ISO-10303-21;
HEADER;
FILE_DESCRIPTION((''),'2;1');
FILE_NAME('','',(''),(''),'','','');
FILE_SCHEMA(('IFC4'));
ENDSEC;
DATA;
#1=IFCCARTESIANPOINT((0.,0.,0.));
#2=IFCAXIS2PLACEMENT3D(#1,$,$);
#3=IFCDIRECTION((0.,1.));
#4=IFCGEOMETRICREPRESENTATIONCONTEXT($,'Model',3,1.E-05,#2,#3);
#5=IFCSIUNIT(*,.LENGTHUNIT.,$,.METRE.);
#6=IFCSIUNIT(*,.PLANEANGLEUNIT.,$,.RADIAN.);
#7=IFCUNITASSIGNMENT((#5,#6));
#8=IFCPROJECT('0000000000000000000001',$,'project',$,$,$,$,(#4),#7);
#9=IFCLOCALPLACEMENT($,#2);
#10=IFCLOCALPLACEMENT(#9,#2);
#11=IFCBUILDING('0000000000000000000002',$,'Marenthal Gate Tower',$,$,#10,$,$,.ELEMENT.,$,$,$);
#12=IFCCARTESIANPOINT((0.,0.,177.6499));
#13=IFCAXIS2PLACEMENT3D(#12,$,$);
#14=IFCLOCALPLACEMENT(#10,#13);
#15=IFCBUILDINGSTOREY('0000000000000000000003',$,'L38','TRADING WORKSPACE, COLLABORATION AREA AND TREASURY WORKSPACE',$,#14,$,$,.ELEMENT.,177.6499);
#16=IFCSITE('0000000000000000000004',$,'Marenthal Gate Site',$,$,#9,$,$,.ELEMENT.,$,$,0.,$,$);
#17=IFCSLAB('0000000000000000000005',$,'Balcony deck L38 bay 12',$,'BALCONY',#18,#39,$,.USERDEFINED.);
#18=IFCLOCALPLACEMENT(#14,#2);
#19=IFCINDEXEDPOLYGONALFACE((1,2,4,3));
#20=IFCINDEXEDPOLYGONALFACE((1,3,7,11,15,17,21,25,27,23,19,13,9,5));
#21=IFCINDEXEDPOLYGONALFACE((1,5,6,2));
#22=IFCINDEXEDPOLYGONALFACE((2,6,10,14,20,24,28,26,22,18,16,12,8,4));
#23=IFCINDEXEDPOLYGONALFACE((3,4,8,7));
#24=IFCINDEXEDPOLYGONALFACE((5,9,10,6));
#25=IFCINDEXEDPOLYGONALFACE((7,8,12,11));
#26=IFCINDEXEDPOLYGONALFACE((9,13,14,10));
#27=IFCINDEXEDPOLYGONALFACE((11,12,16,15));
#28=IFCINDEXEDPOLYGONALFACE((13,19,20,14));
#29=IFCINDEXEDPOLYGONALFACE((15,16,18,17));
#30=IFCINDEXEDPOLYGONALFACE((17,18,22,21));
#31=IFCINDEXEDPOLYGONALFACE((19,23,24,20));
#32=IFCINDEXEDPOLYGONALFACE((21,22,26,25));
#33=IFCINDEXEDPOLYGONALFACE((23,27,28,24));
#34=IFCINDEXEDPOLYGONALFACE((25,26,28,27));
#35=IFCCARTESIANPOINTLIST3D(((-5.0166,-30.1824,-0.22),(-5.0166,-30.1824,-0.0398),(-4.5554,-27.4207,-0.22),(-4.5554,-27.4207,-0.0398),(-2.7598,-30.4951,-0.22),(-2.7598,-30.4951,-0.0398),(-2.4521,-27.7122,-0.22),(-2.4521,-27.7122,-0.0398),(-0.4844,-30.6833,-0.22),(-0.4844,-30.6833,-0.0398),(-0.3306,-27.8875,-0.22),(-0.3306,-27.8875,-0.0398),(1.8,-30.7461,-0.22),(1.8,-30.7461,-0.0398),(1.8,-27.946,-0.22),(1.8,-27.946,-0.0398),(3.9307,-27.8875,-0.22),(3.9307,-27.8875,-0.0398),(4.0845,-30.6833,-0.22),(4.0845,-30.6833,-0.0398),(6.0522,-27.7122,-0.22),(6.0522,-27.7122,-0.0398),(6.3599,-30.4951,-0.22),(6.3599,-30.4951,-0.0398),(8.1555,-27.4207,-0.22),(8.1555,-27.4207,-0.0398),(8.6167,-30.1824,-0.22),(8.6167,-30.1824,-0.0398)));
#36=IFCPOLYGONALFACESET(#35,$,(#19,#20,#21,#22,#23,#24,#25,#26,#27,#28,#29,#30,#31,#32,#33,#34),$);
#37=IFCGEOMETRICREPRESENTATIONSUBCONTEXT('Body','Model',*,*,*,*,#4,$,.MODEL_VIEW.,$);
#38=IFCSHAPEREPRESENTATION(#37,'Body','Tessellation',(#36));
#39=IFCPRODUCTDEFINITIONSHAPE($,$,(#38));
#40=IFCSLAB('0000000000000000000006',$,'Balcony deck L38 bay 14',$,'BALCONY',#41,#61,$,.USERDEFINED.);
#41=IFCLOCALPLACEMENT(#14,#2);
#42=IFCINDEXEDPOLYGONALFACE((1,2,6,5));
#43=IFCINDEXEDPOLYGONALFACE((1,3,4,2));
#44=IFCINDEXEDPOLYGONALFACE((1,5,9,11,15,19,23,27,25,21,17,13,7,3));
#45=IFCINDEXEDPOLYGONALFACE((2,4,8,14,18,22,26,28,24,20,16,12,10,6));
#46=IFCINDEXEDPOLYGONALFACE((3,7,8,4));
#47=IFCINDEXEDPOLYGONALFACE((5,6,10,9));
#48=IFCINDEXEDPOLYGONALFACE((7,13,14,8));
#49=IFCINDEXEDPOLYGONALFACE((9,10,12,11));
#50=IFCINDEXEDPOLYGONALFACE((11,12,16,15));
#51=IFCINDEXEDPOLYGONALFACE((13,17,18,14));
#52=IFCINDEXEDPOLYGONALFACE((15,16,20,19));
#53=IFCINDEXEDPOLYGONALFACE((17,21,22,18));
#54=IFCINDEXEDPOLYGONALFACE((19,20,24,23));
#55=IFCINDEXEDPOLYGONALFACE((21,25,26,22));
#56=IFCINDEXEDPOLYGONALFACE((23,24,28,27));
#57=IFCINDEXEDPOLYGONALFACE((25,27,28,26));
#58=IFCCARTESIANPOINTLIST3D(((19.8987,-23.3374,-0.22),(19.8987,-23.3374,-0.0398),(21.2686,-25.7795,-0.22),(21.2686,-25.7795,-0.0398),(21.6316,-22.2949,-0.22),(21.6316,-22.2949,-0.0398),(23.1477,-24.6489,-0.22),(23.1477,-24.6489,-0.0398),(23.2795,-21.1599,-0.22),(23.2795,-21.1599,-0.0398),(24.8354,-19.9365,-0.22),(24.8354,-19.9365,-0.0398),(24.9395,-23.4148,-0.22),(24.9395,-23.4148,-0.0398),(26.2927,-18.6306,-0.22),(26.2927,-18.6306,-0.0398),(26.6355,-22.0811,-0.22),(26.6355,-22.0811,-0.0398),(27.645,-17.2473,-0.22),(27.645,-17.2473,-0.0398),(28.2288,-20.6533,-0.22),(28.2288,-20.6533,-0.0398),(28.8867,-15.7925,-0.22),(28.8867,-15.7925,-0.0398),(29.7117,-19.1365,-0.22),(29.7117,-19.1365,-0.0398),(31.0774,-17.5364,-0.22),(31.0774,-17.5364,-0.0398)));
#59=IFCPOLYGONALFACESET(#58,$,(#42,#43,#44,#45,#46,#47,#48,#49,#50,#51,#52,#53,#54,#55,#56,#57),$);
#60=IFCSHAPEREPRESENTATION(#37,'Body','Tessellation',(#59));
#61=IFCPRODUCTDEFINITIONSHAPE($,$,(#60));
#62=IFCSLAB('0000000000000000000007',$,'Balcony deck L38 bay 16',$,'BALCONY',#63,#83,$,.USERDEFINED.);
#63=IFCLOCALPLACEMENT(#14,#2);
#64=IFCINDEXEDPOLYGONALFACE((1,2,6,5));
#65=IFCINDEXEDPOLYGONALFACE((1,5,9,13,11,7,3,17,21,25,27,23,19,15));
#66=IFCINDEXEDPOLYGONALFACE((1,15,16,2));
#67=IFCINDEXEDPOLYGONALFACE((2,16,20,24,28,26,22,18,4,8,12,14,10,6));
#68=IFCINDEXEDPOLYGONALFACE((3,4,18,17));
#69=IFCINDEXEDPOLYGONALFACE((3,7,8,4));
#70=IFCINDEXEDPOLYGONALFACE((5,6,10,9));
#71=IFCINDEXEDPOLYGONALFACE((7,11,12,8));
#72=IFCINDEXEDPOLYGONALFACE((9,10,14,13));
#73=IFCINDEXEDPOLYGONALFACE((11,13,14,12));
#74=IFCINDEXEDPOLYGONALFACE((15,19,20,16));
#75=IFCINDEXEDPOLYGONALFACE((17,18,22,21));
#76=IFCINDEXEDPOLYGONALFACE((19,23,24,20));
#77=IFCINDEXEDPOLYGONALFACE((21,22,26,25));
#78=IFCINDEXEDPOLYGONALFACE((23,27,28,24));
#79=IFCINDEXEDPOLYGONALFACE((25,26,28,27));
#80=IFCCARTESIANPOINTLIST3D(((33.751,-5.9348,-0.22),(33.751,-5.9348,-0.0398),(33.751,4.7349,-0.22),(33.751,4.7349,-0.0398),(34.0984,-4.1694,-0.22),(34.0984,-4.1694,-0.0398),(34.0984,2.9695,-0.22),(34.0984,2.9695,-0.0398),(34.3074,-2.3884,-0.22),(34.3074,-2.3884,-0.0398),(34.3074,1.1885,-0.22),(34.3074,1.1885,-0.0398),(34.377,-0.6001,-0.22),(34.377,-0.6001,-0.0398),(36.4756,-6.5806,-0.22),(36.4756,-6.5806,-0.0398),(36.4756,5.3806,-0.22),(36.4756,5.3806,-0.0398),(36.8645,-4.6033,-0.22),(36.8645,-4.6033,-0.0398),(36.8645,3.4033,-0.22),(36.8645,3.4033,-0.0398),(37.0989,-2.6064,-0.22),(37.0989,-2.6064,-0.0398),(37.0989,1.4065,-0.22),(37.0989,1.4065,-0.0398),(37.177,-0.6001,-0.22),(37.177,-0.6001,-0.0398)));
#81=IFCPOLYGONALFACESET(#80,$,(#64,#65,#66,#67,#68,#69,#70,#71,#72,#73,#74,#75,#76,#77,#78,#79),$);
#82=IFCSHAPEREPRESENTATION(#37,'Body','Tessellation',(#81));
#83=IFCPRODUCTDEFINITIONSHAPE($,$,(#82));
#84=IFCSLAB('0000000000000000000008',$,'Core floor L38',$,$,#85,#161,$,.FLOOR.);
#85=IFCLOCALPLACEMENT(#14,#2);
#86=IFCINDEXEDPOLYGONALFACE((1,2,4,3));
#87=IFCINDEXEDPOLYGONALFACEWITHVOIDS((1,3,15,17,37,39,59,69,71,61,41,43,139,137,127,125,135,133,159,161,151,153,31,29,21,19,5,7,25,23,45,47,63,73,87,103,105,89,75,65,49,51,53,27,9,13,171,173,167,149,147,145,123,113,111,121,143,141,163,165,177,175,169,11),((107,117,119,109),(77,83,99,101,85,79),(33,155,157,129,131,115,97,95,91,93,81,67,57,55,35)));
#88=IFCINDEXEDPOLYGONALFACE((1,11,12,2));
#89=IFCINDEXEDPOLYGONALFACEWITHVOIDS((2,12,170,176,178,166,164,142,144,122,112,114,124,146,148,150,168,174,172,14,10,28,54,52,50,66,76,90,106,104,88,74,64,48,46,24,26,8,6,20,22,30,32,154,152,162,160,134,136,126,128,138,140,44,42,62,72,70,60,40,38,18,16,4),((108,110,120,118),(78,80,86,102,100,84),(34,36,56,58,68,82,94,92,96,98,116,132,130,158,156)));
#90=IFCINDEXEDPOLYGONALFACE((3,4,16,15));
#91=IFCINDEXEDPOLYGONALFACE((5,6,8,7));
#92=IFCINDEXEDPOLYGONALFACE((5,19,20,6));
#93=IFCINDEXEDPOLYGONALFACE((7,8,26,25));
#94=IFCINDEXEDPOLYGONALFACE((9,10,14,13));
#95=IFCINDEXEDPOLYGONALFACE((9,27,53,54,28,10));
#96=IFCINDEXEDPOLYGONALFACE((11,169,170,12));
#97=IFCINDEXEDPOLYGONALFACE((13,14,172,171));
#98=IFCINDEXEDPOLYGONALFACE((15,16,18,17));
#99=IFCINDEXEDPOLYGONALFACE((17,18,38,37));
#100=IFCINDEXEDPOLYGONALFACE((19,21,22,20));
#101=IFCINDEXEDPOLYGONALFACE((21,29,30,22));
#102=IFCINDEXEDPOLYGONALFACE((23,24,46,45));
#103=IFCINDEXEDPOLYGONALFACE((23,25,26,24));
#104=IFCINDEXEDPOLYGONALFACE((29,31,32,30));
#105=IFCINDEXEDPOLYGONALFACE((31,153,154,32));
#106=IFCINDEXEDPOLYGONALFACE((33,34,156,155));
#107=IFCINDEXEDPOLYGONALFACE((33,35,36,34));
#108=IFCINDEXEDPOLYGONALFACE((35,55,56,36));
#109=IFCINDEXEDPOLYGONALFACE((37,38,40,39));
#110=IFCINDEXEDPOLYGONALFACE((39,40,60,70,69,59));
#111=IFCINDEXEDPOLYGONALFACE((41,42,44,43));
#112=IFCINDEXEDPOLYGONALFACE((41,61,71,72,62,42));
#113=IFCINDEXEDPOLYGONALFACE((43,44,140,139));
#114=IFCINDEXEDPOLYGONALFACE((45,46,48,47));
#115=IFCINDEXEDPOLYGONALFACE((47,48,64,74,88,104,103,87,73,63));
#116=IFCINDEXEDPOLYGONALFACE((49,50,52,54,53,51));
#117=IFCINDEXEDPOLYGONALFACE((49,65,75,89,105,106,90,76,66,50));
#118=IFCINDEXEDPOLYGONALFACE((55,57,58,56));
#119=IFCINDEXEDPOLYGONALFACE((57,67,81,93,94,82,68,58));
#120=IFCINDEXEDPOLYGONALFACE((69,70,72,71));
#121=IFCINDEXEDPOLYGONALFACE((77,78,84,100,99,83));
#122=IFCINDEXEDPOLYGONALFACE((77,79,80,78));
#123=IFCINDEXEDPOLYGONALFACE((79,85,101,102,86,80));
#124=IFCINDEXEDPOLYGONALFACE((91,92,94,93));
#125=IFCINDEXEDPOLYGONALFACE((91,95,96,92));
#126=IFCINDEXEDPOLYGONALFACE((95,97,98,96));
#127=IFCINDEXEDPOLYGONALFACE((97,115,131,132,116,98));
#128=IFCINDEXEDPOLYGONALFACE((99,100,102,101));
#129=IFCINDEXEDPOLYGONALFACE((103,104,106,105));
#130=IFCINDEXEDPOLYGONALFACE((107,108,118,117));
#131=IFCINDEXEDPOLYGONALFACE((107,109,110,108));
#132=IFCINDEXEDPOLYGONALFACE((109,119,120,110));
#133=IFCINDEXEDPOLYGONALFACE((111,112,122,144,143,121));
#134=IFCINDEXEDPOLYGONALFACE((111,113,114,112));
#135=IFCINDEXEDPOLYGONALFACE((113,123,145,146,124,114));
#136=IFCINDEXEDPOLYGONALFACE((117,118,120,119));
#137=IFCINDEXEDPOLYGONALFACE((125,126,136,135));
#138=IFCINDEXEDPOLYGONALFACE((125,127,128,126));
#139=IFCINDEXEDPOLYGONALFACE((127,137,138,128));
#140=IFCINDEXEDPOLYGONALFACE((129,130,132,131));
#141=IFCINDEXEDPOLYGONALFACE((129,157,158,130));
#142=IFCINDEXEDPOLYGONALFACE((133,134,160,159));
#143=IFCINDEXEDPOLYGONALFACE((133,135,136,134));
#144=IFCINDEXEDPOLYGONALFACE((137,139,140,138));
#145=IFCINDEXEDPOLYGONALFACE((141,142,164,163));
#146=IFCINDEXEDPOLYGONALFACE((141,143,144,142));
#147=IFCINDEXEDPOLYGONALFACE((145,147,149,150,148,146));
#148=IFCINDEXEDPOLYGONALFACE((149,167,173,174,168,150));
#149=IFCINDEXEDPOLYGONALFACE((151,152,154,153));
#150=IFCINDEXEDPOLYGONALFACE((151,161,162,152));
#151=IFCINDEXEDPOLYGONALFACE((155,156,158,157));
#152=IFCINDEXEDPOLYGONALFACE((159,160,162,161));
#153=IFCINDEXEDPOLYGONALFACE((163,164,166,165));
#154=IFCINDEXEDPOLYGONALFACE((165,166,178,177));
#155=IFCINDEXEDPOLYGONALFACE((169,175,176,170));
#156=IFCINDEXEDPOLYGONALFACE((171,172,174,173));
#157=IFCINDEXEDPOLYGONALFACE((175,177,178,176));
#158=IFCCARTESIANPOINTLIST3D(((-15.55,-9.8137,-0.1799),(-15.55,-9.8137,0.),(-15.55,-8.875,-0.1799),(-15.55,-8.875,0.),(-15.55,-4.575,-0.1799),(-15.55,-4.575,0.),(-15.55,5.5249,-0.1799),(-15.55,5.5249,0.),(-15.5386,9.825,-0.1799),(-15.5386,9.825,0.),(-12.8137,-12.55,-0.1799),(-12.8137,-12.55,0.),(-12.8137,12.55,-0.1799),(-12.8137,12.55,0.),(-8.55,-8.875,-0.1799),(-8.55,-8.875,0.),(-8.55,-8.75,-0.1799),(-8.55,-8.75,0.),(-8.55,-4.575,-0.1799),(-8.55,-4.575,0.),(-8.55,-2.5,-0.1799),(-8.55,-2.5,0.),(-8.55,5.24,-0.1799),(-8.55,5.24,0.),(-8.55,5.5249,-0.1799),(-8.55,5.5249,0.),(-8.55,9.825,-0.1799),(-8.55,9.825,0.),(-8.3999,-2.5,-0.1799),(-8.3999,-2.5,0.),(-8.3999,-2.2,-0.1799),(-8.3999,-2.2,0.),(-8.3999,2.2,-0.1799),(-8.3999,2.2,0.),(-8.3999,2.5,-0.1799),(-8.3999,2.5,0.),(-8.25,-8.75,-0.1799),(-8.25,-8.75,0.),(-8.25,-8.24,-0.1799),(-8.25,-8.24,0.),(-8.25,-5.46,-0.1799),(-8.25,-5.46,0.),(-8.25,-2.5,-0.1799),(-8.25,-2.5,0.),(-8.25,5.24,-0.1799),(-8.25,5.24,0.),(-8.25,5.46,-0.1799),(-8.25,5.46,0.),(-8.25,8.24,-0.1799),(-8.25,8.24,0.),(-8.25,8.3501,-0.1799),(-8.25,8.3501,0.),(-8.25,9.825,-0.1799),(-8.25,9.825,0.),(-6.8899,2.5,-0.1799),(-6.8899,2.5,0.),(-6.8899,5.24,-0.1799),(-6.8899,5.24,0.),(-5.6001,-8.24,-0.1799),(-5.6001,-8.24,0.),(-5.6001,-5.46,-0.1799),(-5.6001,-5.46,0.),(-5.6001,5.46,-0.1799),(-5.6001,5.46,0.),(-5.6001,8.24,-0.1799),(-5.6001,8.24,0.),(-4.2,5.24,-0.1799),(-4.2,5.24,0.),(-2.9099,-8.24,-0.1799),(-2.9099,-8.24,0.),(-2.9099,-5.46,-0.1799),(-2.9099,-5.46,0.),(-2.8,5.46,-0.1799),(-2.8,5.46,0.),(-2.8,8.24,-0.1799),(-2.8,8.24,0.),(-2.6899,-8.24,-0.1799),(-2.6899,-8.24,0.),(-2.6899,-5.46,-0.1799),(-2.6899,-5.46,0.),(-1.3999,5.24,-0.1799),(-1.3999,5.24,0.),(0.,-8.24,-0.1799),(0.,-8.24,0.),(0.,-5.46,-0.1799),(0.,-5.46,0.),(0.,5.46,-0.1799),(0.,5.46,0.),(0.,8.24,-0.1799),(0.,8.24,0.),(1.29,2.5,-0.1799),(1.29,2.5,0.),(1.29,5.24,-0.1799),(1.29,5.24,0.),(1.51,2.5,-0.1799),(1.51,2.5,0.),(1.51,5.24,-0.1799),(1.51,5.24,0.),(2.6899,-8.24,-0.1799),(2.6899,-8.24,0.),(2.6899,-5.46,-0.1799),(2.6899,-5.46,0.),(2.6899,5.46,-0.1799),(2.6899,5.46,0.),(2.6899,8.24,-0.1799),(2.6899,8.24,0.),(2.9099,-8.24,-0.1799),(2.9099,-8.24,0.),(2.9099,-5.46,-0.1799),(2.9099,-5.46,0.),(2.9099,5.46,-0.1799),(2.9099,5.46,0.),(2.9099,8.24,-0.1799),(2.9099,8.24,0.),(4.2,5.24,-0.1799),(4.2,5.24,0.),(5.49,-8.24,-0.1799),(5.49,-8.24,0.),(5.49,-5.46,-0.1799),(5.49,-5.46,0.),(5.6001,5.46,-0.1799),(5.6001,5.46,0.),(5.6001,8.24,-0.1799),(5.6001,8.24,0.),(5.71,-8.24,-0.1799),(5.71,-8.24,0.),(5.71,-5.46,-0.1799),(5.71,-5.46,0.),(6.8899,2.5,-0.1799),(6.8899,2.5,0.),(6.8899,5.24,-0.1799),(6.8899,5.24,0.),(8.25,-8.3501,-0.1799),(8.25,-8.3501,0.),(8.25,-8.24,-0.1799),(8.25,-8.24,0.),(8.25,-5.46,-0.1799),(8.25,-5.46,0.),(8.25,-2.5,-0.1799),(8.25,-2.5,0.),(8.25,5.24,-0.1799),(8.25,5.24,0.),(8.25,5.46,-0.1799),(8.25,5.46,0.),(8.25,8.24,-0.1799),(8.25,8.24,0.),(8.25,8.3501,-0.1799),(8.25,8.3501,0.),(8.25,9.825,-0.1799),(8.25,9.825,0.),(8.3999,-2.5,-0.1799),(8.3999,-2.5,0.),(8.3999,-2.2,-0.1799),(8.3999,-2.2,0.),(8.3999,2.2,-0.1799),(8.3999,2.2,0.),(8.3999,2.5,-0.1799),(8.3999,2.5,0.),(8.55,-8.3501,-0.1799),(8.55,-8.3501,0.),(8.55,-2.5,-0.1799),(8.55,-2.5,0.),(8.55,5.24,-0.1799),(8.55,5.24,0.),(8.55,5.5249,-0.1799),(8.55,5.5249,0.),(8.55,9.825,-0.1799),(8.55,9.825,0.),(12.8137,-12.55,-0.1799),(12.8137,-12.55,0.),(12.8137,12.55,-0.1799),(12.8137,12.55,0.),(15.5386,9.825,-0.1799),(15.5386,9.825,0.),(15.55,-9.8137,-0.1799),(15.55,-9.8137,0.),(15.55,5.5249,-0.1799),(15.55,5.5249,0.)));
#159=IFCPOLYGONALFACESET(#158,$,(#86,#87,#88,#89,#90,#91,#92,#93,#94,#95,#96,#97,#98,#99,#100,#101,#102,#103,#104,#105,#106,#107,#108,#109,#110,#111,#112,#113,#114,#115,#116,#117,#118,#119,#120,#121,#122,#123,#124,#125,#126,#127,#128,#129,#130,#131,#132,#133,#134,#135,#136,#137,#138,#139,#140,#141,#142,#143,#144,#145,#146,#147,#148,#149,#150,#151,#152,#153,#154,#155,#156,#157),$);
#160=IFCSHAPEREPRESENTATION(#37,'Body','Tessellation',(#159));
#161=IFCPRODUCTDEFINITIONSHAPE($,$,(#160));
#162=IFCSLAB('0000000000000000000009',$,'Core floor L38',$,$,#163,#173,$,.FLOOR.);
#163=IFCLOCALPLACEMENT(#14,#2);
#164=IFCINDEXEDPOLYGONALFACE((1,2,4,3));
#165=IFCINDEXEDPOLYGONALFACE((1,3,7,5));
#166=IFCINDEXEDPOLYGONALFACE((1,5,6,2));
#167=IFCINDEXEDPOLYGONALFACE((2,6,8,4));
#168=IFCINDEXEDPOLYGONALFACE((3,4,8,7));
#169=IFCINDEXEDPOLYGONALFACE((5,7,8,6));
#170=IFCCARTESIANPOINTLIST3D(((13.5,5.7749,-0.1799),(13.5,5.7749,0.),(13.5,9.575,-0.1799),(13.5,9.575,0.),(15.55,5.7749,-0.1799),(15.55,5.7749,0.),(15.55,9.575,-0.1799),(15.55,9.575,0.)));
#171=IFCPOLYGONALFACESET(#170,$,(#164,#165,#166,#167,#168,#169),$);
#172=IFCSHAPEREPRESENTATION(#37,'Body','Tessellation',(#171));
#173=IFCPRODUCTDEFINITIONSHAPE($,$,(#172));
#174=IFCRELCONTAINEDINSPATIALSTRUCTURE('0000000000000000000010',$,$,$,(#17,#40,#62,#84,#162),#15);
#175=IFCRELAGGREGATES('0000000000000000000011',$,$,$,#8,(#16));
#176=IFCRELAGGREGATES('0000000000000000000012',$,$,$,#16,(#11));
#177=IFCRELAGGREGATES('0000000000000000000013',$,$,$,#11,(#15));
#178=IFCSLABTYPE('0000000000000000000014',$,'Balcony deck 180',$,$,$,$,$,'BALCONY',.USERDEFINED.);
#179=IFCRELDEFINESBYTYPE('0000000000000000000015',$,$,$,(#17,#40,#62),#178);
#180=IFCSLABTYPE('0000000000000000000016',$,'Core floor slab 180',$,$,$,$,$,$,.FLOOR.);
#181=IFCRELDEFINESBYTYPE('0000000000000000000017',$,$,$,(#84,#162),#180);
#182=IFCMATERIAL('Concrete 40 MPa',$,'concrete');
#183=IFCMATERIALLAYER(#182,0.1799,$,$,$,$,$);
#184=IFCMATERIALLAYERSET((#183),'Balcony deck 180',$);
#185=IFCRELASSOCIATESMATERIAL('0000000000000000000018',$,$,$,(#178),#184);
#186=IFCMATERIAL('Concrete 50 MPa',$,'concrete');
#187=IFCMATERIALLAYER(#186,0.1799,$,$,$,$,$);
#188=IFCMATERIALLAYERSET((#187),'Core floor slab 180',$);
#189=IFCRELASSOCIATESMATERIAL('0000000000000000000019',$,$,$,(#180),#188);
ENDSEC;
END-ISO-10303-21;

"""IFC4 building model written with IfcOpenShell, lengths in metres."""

from ifc_helpers import new_model, si_unit, direction, frame, origin, place, context, subcontext, project, spatial, polyline, outline, extrude, material, layer, layer_set, type_object, element, save


model = new_model("IFC4")

# Units and contexts
model_context = context("Model", 3, precision=1e-05, world=origin(), true_north=direction((0.0, 1.0)))
body_context = subcontext(model_context, "Body", "Model", "MODEL_VIEW")
ifc_project = project(units=[si_unit("LENGTHUNIT", "METRE"), si_unit("PLANEANGLEUNIT", "RADIAN")], contexts=[model_context])

# Site, building, storey
site_placement = place(None, origin())
site = spatial("IfcSite", under=ifc_project, at=site_placement, Name="Marenthal Gate Site", CompositionType="ELEMENT", RefElevation=0.0)
building_placement = place(site_placement, origin())
building = spatial("IfcBuilding", under=site, at=building_placement, Name="Marenthal Gate Tower", CompositionType="ELEMENT")
storey_placement = place(building_placement, frame((0.0, 0.0, 177.6499)))
storey = spatial("IfcBuildingStorey", under=building, at=storey_placement, Name="L38", Description="TRADING WORKSPACE, COLLABORATION AREA AND TREASURY WORKSPACE", CompositionType="ELEMENT", Elevation=177.6499)

# Slabs
ifc_material_1 = material(Name="Concrete 40 MPa", Category="concrete")
ifc_layer_1 = layer(ifc_material_1, 0.1799)
ifc_layer_set_1 = layer_set([ifc_layer_1], Name="Balcony deck 180")
slab_type_1 = type_object("IfcSlabType", Name="Balcony deck 180", ElementType="BALCONY", PredefinedType="USERDEFINED", material=ifc_layer_set_1)
slab_1_placement = place(storey_placement, frame((0.0, 0.0, -0.22)))
element("IfcSlab", 1, at=slab_1_placement, inside=storey, type_object=slab_type_1, Name="Balcony deck L38 bay 12", ObjectType="BALCONY", PredefinedType="USERDEFINED", context=body_context, shape_type="SweptSolid", body=[
    extrude(outline(polyline([(-4.5554, -27.4207), (-2.4521, -27.7122), (-0.3306, -27.8875), (1.8, -27.946), (3.9307, -27.8875), (6.0522, -27.7122), (8.1555, -27.4207), (8.6167, -30.1824), (6.3599, -30.4951), (4.0845, -30.6833), (1.8, -30.7461), (-0.4844, -30.6833), (-2.7598, -30.4951), (-5.0166, -30.1824), (-4.5554, -27.4207)])), origin(), (0.0, 0.0, 1.0), 0.1802),
])
slab_2_placement = place(storey_placement, frame((0.0, 0.0, -0.22)))
element("IfcSlab", 2, at=slab_2_placement, inside=storey, type_object=slab_type_1, Name="Balcony deck L38 bay 14", ObjectType="BALCONY", PredefinedType="USERDEFINED", context=body_context, shape_type="SweptSolid", body=[
    extrude(outline(polyline([(19.8987, -23.3374), (21.6316, -22.2949), (23.2795, -21.1599), (24.8354, -19.9365), (26.2927, -18.6306), (27.645, -17.2473), (28.8867, -15.7925), (31.0774, -17.5364), (29.7117, -19.1365), (28.2288, -20.6533), (26.6355, -22.0811), (24.9395, -23.4148), (23.1477, -24.6489), (21.2686, -25.7795), (19.8987, -23.3374)])), origin(), (0.0, 0.0, 1.0), 0.1802),
])
slab_3_placement = place(storey_placement, frame((0.0, 0.0, -0.22)))
element("IfcSlab", 3, at=slab_3_placement, inside=storey, type_object=slab_type_1, Name="Balcony deck L38 bay 16", ObjectType="BALCONY", PredefinedType="USERDEFINED", context=body_context, shape_type="SweptSolid", body=[
    extrude(outline(polyline([(33.751, -5.9348), (34.0984, -4.1694), (34.3074, -2.3884), (34.377, -0.6001), (34.3074, 1.1885), (34.0984, 2.9695), (33.751, 4.7349), (36.4756, 5.3806), (36.8645, 3.4033), (37.0989, 1.4065), (37.177, -0.6001), (37.0989, -2.6064), (36.8645, -4.6033), (36.4756, -6.5806), (33.751, -5.9348)])), origin(), (0.0, 0.0, 1.0), 0.1802),
])
ifc_material_2 = material(Name="Concrete 50 MPa", Category="concrete")
ifc_layer_2 = layer(ifc_material_2, 0.1799)
ifc_layer_set_2 = layer_set([ifc_layer_2], Name="Core floor slab 180")
slab_type_2 = type_object("IfcSlabType", Name="Core floor slab 180", PredefinedType="FLOOR", material=ifc_layer_set_2)
slab_4_placement = place(storey_placement, frame((0.0, 0.0, -0.1799)))
element("IfcSlab", 4, at=slab_4_placement, inside=storey, type_object=slab_type_2, Name="Core floor L38", PredefinedType="FLOOR", context=body_context, shape_type="SweptSolid", body=[
    extrude(outline(polyline([(12.8137, -12.55), (-12.8137, -12.55), (-15.55, -9.8137), (-15.55, -8.875), (-8.55, -8.875), (-8.55, -8.75), (-8.25, -8.75), (-8.25, -8.24), (-5.6001, -8.24), (-2.9099, -8.24), (-2.9099, -5.46), (-5.6001, -5.46), (-8.25, -5.46), (-8.25, -2.5), (8.25, -2.5), (8.25, -5.46), (5.71, -5.46), (5.71, -8.24), (8.25, -8.24), (8.25, -8.3501), (8.55, -8.3501), (8.55, -2.5), (8.3999, -2.5), (8.3999, -2.2), (-8.3999, -2.2), (-8.3999, -2.5), (-8.55, -2.5), (-8.55, -4.575), (-15.55, -4.575), (-15.55, 5.5249), (-8.55, 5.5249), (-8.55, 5.24), (-8.25, 5.24), (-8.25, 5.46), (-5.6001, 5.46), (-2.8, 5.46), (0.0, 5.46), (2.6899, 5.46), (2.6899, 8.24), (0.0, 8.24), (-2.8, 8.24), (-5.6001, 8.24), (-8.25, 8.24), (-8.25, 8.3501), (-8.25, 9.825), (-8.55, 9.825), (-15.5386, 9.825), (-12.8137, 12.55), (12.8137, 12.55), (15.5386, 9.825), (8.55, 9.825), (8.25, 9.825), (8.25, 8.3501), (8.25, 8.24), (5.6001, 8.24), (2.9099, 8.24), (2.9099, 5.46), (5.6001, 5.46), (8.25, 5.46), (8.25, 5.24), (8.55, 5.24), (8.55, 5.5249), (15.55, 5.5249), (15.55, -9.8137), (12.8137, -12.55)]), holes=[polyline([(2.6899, -8.24), (2.6899, -5.46), (0.0, -5.46), (-2.6899, -5.46), (-2.6899, -8.24), (0.0, -8.24), (2.6899, -8.24)]), polyline([(-6.8899, 5.24), (-6.8899, 2.5), (-8.3999, 2.5), (-8.3999, 2.2), (8.3999, 2.2), (8.3999, 2.5), (6.8899, 2.5), (6.8899, 5.24), (4.2, 5.24), (1.51, 5.24), (1.51, 2.5), (1.29, 2.5), (1.29, 5.24), (-1.3999, 5.24), (-4.2, 5.24), (-6.8899, 5.24)]), polyline([(5.49, -5.46), (2.9099, -5.46), (2.9099, -8.24), (5.49, -8.24), (5.49, -5.46)])]), origin(), (0.0, 0.0, 1.0), 0.1799),
])
slab_5_placement = place(storey_placement, frame((0.0, 0.0, -0.1799)))
element("IfcSlab", 5, at=slab_5_placement, inside=storey, type_object=slab_type_2, Name="Core floor L38", PredefinedType="FLOOR", context=body_context, shape_type="SweptSolid", body=[
    extrude(outline(polyline([(15.55, 5.7749), (13.5, 5.7749), (13.5, 9.575), (15.55, 9.575), (15.55, 5.7749)])), origin(), (0.0, 0.0, 1.0), 0.1799),
])

save(model, "model.ifc")
